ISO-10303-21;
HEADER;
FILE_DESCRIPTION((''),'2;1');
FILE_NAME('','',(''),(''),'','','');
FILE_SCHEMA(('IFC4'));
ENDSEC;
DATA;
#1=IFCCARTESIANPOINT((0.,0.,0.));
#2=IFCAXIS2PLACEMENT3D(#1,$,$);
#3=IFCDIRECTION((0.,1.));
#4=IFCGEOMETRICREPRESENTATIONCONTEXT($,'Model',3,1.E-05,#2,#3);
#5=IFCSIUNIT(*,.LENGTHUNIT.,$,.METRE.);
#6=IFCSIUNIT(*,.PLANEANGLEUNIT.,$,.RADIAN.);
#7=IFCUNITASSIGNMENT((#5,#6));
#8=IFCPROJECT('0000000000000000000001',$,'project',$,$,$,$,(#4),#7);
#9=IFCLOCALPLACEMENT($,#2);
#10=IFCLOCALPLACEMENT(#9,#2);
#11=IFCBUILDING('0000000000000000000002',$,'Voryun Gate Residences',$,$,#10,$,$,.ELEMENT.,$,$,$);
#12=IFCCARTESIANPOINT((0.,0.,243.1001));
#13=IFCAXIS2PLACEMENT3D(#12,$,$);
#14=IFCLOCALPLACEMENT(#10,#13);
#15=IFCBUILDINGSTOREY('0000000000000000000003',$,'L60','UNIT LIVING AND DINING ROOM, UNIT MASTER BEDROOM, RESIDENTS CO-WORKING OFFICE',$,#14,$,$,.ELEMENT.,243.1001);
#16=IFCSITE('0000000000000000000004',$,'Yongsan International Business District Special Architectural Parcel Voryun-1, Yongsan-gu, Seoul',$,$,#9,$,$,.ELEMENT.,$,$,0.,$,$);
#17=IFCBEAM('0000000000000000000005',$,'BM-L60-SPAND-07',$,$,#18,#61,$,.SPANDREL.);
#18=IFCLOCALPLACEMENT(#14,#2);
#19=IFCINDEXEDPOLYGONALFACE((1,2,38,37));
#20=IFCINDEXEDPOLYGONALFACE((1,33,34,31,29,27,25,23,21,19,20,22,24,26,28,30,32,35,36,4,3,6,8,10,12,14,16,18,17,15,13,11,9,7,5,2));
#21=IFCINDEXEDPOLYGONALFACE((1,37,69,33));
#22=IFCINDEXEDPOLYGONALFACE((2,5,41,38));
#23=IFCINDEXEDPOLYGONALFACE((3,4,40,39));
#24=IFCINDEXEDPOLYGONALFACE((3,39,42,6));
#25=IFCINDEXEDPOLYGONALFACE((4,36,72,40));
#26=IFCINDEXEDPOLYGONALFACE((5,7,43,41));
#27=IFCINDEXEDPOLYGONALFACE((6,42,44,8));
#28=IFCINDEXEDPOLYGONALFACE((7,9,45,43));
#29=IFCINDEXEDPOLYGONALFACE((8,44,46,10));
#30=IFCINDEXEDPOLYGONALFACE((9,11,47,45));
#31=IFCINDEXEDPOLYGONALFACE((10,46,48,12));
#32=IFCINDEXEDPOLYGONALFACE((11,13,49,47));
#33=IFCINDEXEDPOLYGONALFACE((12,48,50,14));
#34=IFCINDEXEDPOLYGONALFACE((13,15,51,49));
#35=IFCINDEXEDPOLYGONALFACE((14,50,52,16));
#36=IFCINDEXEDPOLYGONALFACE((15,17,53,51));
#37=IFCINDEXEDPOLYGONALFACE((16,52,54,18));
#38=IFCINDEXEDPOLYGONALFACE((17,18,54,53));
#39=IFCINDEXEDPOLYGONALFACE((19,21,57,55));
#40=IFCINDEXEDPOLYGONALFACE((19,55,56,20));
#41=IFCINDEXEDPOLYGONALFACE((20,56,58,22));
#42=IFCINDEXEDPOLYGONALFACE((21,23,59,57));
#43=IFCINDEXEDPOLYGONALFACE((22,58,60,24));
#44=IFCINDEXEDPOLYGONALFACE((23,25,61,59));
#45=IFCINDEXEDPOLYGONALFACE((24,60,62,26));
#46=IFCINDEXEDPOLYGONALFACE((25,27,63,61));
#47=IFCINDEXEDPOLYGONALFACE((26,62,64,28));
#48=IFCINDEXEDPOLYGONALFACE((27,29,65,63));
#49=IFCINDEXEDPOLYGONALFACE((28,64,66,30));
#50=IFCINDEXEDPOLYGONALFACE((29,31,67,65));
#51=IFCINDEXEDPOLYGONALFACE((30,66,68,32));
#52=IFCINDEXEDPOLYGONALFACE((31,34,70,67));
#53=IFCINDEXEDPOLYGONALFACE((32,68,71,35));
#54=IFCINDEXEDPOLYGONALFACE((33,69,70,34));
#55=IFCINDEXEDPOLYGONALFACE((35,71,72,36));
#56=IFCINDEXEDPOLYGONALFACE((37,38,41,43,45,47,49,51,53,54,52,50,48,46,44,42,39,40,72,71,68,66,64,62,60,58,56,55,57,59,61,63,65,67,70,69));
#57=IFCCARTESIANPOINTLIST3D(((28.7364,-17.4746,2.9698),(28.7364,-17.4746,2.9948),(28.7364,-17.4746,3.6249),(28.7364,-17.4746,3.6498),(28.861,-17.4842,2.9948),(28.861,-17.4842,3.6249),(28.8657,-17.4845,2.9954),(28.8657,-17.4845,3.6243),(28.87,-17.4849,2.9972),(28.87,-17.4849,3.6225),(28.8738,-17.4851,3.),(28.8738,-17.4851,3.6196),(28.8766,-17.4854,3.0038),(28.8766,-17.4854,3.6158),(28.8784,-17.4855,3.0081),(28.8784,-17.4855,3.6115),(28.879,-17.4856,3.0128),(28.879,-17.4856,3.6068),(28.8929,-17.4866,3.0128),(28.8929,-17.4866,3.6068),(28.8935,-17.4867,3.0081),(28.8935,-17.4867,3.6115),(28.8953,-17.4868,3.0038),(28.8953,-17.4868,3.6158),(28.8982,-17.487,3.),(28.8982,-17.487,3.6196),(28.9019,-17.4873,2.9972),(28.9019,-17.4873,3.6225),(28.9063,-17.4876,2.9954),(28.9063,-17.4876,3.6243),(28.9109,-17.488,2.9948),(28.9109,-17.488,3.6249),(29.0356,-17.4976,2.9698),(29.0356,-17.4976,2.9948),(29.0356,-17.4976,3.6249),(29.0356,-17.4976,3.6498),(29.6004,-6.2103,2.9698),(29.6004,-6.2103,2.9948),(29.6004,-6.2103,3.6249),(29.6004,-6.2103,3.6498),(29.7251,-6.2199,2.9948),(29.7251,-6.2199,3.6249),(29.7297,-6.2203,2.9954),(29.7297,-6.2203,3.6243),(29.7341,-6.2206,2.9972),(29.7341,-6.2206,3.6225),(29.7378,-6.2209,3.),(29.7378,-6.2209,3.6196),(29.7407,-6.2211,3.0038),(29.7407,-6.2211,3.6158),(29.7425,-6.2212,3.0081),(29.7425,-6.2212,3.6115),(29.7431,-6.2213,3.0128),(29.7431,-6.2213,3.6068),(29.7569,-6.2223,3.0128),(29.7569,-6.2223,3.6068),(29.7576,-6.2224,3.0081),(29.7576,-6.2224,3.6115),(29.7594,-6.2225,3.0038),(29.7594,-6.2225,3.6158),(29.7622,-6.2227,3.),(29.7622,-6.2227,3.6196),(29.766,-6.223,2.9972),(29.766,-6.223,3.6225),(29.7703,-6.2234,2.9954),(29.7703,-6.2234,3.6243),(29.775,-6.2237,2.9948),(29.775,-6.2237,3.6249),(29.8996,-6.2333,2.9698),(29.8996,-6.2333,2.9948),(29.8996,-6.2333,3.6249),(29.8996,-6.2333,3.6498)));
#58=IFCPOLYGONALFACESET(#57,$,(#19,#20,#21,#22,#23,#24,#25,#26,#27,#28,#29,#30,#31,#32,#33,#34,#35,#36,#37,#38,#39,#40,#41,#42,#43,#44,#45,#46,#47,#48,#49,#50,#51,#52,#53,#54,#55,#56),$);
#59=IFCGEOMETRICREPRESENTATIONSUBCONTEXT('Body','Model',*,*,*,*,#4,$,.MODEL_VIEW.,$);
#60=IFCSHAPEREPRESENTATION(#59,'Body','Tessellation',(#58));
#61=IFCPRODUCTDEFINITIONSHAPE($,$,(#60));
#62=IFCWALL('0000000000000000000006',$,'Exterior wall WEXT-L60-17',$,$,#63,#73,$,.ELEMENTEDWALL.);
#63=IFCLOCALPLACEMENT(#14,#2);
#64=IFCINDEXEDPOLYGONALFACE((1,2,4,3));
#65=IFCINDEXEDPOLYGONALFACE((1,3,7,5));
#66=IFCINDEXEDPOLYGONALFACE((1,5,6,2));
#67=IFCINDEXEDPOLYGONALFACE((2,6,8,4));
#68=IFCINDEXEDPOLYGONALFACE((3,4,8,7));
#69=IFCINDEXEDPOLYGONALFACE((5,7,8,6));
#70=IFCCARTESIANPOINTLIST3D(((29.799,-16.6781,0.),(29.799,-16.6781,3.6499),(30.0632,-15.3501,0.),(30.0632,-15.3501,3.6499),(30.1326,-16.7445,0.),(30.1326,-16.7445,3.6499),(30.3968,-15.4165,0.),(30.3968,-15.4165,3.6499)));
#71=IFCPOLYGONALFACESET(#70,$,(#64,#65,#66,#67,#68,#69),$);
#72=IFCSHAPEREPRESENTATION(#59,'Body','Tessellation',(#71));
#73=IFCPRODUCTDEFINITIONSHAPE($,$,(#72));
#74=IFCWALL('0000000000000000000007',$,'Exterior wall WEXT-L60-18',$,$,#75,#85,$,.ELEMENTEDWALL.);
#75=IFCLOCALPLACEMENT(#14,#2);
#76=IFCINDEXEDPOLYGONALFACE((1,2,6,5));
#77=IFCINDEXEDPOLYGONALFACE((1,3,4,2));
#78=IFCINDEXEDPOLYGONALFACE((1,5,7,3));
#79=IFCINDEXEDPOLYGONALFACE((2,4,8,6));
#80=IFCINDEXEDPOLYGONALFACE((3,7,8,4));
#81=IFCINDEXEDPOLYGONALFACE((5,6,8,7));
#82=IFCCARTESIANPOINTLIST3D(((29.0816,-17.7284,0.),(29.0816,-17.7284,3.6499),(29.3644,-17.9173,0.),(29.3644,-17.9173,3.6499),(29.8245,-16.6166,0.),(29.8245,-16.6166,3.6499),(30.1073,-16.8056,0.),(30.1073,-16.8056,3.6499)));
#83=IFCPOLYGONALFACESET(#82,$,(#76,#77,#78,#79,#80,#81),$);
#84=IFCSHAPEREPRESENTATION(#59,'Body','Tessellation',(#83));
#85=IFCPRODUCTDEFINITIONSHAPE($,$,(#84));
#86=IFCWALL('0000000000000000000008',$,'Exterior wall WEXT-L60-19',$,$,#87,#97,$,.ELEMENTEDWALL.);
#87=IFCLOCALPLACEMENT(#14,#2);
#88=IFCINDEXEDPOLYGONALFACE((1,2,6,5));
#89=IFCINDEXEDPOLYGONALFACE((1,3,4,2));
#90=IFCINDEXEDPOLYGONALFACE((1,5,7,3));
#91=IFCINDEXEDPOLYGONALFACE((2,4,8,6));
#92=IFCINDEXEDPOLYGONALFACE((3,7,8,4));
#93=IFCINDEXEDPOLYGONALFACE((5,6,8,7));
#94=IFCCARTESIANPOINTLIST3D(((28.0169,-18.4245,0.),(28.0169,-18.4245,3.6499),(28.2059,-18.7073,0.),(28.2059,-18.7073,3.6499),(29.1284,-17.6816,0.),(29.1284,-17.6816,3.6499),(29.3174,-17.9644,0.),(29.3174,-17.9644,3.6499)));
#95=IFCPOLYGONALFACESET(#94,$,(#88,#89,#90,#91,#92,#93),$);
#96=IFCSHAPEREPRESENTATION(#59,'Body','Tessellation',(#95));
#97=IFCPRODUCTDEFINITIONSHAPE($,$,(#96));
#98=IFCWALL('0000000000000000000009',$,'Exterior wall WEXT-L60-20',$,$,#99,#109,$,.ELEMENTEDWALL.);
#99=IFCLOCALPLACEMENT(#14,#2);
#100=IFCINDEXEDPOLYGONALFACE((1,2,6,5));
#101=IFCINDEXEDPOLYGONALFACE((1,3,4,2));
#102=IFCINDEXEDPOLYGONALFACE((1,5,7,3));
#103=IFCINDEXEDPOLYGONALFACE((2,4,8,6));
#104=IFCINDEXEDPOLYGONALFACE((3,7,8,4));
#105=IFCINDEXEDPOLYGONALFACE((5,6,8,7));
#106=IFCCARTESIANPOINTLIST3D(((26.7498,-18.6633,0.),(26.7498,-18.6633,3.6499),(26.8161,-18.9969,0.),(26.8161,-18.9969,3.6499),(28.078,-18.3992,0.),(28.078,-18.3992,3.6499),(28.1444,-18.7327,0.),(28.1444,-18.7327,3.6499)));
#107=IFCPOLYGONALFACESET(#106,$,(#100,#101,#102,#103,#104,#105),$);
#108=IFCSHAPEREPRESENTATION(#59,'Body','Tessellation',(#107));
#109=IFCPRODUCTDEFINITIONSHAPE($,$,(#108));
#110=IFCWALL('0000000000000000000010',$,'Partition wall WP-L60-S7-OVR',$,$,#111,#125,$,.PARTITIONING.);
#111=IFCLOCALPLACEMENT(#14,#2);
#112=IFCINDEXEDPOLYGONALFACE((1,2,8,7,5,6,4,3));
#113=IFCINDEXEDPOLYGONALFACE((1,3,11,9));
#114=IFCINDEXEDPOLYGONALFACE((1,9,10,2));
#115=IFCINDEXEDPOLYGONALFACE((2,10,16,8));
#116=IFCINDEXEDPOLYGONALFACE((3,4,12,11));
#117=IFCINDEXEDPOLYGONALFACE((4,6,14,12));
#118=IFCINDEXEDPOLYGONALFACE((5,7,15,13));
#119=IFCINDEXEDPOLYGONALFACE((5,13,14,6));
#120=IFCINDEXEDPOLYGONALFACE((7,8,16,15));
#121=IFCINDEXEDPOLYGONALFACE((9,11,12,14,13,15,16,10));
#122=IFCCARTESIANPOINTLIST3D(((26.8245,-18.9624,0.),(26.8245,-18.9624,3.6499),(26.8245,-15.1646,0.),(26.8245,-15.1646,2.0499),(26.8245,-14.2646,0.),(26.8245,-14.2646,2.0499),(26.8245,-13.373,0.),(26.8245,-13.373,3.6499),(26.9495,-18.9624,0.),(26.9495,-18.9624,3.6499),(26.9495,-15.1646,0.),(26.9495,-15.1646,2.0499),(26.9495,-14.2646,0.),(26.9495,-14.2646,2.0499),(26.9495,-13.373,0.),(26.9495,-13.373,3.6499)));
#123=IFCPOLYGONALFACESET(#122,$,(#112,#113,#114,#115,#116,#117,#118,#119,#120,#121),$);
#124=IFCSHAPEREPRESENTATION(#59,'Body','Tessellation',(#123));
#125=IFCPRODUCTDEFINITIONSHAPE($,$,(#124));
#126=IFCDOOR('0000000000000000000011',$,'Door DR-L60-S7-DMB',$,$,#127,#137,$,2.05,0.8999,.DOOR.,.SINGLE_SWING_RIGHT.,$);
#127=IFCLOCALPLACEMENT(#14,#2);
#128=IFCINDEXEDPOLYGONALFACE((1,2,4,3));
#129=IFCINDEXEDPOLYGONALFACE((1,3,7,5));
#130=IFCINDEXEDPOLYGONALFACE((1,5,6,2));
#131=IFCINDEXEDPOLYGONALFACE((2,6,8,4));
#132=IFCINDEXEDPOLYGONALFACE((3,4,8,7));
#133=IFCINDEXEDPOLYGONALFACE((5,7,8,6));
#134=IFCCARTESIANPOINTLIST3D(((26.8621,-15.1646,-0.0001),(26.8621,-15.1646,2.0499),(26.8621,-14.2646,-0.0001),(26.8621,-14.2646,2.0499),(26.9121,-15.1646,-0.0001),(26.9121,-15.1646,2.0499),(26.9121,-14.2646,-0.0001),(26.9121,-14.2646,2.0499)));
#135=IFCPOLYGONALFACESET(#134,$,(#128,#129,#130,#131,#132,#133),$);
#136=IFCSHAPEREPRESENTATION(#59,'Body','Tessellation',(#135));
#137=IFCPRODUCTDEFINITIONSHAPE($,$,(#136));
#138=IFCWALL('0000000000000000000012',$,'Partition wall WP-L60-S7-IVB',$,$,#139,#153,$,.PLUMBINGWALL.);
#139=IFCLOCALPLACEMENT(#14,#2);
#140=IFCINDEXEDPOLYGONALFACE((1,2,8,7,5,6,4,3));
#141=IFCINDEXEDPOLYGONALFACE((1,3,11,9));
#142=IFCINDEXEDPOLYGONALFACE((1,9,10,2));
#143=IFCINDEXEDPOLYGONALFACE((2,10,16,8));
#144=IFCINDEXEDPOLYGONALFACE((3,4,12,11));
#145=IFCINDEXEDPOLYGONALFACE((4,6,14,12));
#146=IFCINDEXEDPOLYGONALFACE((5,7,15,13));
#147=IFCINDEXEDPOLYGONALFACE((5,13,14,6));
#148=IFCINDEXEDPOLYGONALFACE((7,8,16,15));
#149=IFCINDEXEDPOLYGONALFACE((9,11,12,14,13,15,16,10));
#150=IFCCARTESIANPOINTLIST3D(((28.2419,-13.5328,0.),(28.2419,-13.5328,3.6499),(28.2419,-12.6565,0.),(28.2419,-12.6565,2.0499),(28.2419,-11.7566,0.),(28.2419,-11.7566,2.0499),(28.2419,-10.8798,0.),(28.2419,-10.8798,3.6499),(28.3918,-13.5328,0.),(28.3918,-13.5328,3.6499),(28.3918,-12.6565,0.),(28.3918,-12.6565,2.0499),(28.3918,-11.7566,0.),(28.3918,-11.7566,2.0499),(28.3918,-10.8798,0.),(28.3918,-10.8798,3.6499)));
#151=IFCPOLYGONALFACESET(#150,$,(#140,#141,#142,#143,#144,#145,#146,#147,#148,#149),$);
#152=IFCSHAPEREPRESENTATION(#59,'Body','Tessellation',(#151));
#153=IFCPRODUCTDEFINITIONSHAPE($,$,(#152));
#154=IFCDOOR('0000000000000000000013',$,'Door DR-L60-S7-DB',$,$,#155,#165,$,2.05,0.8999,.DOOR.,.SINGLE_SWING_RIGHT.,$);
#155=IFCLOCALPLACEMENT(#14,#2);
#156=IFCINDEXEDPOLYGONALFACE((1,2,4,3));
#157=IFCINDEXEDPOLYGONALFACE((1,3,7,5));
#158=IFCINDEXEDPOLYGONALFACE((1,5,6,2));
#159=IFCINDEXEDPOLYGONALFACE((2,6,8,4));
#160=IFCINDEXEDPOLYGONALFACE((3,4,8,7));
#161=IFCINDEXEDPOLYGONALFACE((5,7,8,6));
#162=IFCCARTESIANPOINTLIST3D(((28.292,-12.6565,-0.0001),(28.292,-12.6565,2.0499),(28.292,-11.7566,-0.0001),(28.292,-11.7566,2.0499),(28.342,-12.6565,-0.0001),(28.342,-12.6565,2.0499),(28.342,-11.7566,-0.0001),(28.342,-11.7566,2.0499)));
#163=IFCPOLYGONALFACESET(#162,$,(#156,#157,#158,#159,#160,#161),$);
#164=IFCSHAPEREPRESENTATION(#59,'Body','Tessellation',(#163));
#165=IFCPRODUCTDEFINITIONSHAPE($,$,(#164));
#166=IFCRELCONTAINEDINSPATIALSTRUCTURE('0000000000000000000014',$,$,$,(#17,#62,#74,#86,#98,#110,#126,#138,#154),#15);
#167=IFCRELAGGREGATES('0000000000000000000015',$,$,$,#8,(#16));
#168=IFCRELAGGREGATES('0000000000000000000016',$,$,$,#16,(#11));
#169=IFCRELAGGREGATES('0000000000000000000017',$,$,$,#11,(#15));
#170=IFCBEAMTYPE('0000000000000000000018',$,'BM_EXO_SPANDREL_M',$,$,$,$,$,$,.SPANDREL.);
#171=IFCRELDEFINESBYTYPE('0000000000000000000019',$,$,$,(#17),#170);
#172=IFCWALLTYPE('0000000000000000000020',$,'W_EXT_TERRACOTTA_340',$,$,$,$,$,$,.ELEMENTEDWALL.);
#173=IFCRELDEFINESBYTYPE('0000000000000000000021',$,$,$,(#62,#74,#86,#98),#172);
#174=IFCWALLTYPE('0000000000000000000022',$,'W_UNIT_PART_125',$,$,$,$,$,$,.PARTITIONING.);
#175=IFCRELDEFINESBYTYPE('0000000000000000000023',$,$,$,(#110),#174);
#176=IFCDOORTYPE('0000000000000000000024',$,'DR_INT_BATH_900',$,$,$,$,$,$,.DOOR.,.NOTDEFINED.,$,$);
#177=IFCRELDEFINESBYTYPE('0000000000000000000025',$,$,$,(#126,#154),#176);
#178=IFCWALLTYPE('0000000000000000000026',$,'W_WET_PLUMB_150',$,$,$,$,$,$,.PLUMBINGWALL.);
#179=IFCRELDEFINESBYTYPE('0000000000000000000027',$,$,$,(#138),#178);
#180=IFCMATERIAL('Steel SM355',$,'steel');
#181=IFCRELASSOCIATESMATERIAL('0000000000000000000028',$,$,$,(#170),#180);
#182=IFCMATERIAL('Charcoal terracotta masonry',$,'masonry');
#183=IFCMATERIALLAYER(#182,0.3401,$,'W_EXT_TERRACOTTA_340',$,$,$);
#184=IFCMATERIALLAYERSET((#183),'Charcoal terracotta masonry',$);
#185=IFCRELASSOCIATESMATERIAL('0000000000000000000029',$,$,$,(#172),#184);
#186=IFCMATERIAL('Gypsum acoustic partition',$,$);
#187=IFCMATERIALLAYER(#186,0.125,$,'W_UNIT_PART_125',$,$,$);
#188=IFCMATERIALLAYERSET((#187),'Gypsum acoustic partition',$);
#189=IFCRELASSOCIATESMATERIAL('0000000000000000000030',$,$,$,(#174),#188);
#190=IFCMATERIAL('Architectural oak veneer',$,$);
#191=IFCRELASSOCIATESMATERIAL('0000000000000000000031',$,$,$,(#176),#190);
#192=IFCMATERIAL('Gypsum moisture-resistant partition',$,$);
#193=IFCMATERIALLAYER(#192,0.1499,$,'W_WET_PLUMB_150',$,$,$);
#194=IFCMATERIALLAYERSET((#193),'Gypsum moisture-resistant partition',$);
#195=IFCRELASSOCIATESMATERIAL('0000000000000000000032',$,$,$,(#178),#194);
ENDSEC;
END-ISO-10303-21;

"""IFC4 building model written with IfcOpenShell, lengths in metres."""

from ifc_helpers import new_model, si_unit, direction, frame, frame_2d, origin, origin_2d, place, context, subcontext, project, spatial, rectangle, i_section, extrude, material, layer, layer_set, material_profile, profile_set, type_object, element, fill, save


model = new_model("IFC4")

# Units and contexts
model_context = context("Model", 3, precision=1e-05, world=origin(), true_north=direction((0.0, 1.0)))
body_context = subcontext(model_context, "Body", "Model", "MODEL_VIEW")
ifc_project = project(units=[si_unit("LENGTHUNIT", "METRE"), si_unit("PLANEANGLEUNIT", "RADIAN")], contexts=[model_context])

# Site, building, storey
site_placement = place(None, origin())
site = spatial("IfcSite", under=ifc_project, at=site_placement, Name="Yongsan International Business District Special Architectural Parcel Voryun-1, Yongsan-gu, Seoul", CompositionType="ELEMENT", RefElevation=0.0)
building_placement = place(site_placement, origin())
building = spatial("IfcBuilding", under=site, at=building_placement, Name="Voryun Gate Residences", CompositionType="ELEMENT")
storey_placement = place(building_placement, frame((0.0, 0.0, 243.1001)))
storey = spatial("IfcBuildingStorey", under=building, at=storey_placement, Name="L60", Description="UNIT LIVING AND DINING ROOM, UNIT MASTER BEDROOM, RESIDENTS CO-WORKING OFFICE", CompositionType="ELEMENT", Elevation=243.1001)

# Beam
ifc_material_1 = material(Name="Steel SM355", Category="steel")
ifc_material_profile_1 = material_profile(ifc_material_1, i_section(OverallWidth=0.3, OverallDepth=0.6799, WebThickness=0.0139, FlangeThickness=0.0249, FilletRadius=0.0181, at=origin_2d()), Name="H-680x300x14x25")
ifc_profile_set_1 = profile_set([ifc_material_profile_1], Name="Steel SM355")
beam_type = type_object("IfcBeamType", Name="BM_EXO_SPANDREL_M", PredefinedType="SPANDREL", material=ifc_profile_set_1)
beam_1_placement = place(storey_placement, frame((28.886, -17.4861, 3.3098), z_axis=(0.07648, 0.997071, 0.0), x_axis=(-0.997071, 0.07648, 0.0)))
element("IfcBeam", 1, at=beam_1_placement, inside=storey, type_object=beam_type, Name="BM-L60-SPAND-07", PredefinedType="SPANDREL", context=body_context, shape_type="SweptSolid", body=[
    extrude(i_section(OverallWidth=0.3, OverallDepth=0.6799, WebThickness=0.0139, FlangeThickness=0.0249, FilletRadius=0.0181, at=origin_2d()), origin(), (0.0, 0.0, 1.0), 11.2974),
])

# Walls
ifc_material_2 = material(Name="Charcoal terracotta masonry", Category="masonry")
ifc_layer_1 = layer(ifc_material_2, 0.3401, Name="W_EXT_TERRACOTTA_340")
ifc_layer_set_1 = layer_set([ifc_layer_1], Name="Charcoal terracotta masonry")
wall_type_1 = type_object("IfcWallType", Name="W_EXT_TERRACOTTA_340", PredefinedType="ELEMENTEDWALL", material=ifc_layer_set_1)
wall_1_placement = place(storey_placement, frame((30.23, -15.3833, 0.0), z_axis=(0.0, 0.0, 1.0), x_axis=(-0.19511, -0.980781, 0.0)))
element("IfcWall", 2, at=wall_1_placement, inside=storey, type_object=wall_type_1, Name="Exterior wall WEXT-L60-17", PredefinedType="ELEMENTEDWALL", context=body_context, shape_type="SweptSolid", body=[
    extrude(rectangle(XDim=1.354, YDim=0.3401, at=frame_2d((0.677, 0.0))), origin(), (0.0, 0.0, 1.0), 3.6499),
])
wall_2_placement = place(storey_placement, frame((29.9658, -16.7112, 0.0), z_axis=(0.0, 0.0, 1.0), x_axis=(-0.555585, -0.83146, 0.0)))
element("IfcWall", 3, at=wall_2_placement, inside=storey, type_object=wall_type_1, Name="Exterior wall WEXT-L60-18", PredefinedType="ELEMENTEDWALL", context=body_context, shape_type="SweptSolid", body=[
    extrude(rectangle(XDim=1.3372, YDim=0.3401, at=frame_2d((0.6685, 0.0))), origin(), (0.0, 0.0, 1.0), 3.6499),
])
wall_3_placement = place(storey_placement, frame((29.2229, -17.823, 0.0), z_axis=(0.0, 0.0, 1.0), x_axis=(-0.831404, -0.555669, 0.0)))
element("IfcWall", 4, at=wall_3_placement, inside=storey, type_object=wall_type_1, Name="Exterior wall WEXT-L60-19", PredefinedType="ELEMENTEDWALL", context=body_context, shape_type="SweptSolid", body=[
    extrude(rectangle(XDim=1.3369, YDim=0.3401, at=frame_2d((0.6685, 0.0))), origin(), (0.0, 0.0, 1.0), 3.6499),
])
wall_4_placement = place(storey_placement, frame((28.1113, -18.5659, 0.0), z_axis=(0.0, 0.0, 1.0), x_axis=(-0.980788, -0.195076, 0.0)))
element("IfcWall", 5, at=wall_4_placement, inside=storey, type_object=wall_type_1, Name="Exterior wall WEXT-L60-20", PredefinedType="ELEMENTEDWALL", context=body_context, shape_type="SweptSolid", body=[
    extrude(rectangle(XDim=1.3542, YDim=0.3401, at=frame_2d((0.6772, 0.0))), origin(), (0.0, 0.0, 1.0), 3.6499),
])

# Walls, openings, doors
ifc_material_3 = material(Name="Gypsum acoustic partition")
ifc_layer_2 = layer(ifc_material_3, 0.125, Name="W_UNIT_PART_125")
ifc_layer_set_2 = layer_set([ifc_layer_2], Name="Gypsum acoustic partition")
wall_type_2 = type_object("IfcWallType", Name="W_UNIT_PART_125", PredefinedType="PARTITIONING", material=ifc_layer_set_2)
wall_5_placement = place(storey_placement, frame((26.887, -18.9624, 0.0), z_axis=(0.0, 0.0, 1.0), x_axis=(0.0, 1.0, 0.0)))
wall_5 = element("IfcWall", 6, at=wall_5_placement, inside=storey, type_object=wall_type_2, Name="Partition wall WP-L60-S7-OVR", PredefinedType="PARTITIONING", context=body_context, shape_type="SweptSolid", body=[
    extrude(rectangle(XDim=5.5894, YDim=0.125, at=frame_2d((2.7947, 0.0))), origin(), (0.0, 0.0, 1.0), 3.6499),
])
opening_1_placement = place(wall_5_placement, frame((3.7979, 0.0, 0.0)))
opening_1 = element("IfcOpeningElement", 7, at=opening_1_placement, cuts=wall_5, PredefinedType="OPENING", context=body_context, shape_type="SweptSolid", body=[
    extrude(rectangle(XDim=0.8999, YDim=2.05, at=frame_2d((0.45, 1.0249))), frame((0.0, 0.0725, 0.0), z_axis=(0.0, -1.0, 0.0), x_axis=(1.0, 0.0, 0.0)), (0.0, 0.0, 1.0), 0.145),
])
ifc_material_4 = material(Name="Architectural oak veneer")
door_type = type_object("IfcDoorType", Name="DR_INT_BATH_900", OperationType="NOTDEFINED", PredefinedType="DOOR", material=ifc_material_4)
door_1_placement = place(opening_1_placement, origin())
door_1 = element("IfcDoor", 8, at=door_1_placement, inside=storey, type_object=door_type, Name="Door DR-L60-S7-DMB", OperationType="SINGLE_SWING_RIGHT", OverallHeight=2.05, OverallWidth=0.8999, PredefinedType="DOOR", context=body_context, shape_type="SweptSolid", body=[
    extrude(rectangle(XDim=0.8999, YDim=2.05, at=frame_2d((0.45, 1.0249))), frame((0.0, 0.0249, 0.0), z_axis=(0.0, -1.0, 0.0), x_axis=(1.0, 0.0, 0.0)), (0.0, 0.0, 1.0), 0.05),
])
fill(opening_1, door_1)
ifc_material_5 = material(Name="Gypsum moisture-resistant partition")
ifc_layer_3 = layer(ifc_material_5, 0.1499, Name="W_WET_PLUMB_150")
ifc_layer_set_3 = layer_set([ifc_layer_3], Name="Gypsum moisture-resistant partition")
wall_type_3 = type_object("IfcWallType", Name="W_WET_PLUMB_150", PredefinedType="PLUMBINGWALL", material=ifc_layer_set_3)
wall_6_placement = place(storey_placement, frame((28.3169, -13.533, 0.0), z_axis=(0.0, 0.0, 1.0), x_axis=(0.0, 1.0, 0.0)))
wall_6 = element("IfcWall", 9, at=wall_6_placement, inside=storey, type_object=wall_type_3, Name="Partition wall WP-L60-S7-IVB", PredefinedType="PLUMBINGWALL", context=body_context, shape_type="SweptSolid", body=[
    extrude(rectangle(XDim=2.6531, YDim=0.1499, at=frame_2d((1.3267, 0.0))), origin(), (0.0, 0.0, 1.0), 3.6499),
])
opening_2_placement = place(wall_6_placement, frame((0.8765, 0.0, 0.0)))
opening_2 = element("IfcOpeningElement", 10, at=opening_2_placement, cuts=wall_6, PredefinedType="OPENING", context=body_context, shape_type="SweptSolid", body=[
    extrude(rectangle(XDim=0.8999, YDim=2.05, at=frame_2d((0.45, 1.0249))), frame((0.0, 0.085, 0.0), z_axis=(0.0, -1.0, 0.0), x_axis=(1.0, 0.0, 0.0)), (0.0, 0.0, 1.0), 0.1699),
])
door_2_placement = place(opening_2_placement, origin())
door_2 = element("IfcDoor", 11, at=door_2_placement, inside=storey, type_object=door_type, Name="Door DR-L60-S7-DB", OperationType="SINGLE_SWING_RIGHT", OverallHeight=2.05, OverallWidth=0.8999, PredefinedType="DOOR", context=body_context, shape_type="SweptSolid", body=[
    extrude(rectangle(XDim=0.8999, YDim=2.05, at=frame_2d((0.45, 1.0249))), frame((0.0, 0.0249, 0.0), z_axis=(0.0, -1.0, 0.0), x_axis=(1.0, 0.0, 0.0)), (0.0, 0.0, 1.0), 0.05),
])
fill(opening_2, door_2)

save(model, "model.ifc")
